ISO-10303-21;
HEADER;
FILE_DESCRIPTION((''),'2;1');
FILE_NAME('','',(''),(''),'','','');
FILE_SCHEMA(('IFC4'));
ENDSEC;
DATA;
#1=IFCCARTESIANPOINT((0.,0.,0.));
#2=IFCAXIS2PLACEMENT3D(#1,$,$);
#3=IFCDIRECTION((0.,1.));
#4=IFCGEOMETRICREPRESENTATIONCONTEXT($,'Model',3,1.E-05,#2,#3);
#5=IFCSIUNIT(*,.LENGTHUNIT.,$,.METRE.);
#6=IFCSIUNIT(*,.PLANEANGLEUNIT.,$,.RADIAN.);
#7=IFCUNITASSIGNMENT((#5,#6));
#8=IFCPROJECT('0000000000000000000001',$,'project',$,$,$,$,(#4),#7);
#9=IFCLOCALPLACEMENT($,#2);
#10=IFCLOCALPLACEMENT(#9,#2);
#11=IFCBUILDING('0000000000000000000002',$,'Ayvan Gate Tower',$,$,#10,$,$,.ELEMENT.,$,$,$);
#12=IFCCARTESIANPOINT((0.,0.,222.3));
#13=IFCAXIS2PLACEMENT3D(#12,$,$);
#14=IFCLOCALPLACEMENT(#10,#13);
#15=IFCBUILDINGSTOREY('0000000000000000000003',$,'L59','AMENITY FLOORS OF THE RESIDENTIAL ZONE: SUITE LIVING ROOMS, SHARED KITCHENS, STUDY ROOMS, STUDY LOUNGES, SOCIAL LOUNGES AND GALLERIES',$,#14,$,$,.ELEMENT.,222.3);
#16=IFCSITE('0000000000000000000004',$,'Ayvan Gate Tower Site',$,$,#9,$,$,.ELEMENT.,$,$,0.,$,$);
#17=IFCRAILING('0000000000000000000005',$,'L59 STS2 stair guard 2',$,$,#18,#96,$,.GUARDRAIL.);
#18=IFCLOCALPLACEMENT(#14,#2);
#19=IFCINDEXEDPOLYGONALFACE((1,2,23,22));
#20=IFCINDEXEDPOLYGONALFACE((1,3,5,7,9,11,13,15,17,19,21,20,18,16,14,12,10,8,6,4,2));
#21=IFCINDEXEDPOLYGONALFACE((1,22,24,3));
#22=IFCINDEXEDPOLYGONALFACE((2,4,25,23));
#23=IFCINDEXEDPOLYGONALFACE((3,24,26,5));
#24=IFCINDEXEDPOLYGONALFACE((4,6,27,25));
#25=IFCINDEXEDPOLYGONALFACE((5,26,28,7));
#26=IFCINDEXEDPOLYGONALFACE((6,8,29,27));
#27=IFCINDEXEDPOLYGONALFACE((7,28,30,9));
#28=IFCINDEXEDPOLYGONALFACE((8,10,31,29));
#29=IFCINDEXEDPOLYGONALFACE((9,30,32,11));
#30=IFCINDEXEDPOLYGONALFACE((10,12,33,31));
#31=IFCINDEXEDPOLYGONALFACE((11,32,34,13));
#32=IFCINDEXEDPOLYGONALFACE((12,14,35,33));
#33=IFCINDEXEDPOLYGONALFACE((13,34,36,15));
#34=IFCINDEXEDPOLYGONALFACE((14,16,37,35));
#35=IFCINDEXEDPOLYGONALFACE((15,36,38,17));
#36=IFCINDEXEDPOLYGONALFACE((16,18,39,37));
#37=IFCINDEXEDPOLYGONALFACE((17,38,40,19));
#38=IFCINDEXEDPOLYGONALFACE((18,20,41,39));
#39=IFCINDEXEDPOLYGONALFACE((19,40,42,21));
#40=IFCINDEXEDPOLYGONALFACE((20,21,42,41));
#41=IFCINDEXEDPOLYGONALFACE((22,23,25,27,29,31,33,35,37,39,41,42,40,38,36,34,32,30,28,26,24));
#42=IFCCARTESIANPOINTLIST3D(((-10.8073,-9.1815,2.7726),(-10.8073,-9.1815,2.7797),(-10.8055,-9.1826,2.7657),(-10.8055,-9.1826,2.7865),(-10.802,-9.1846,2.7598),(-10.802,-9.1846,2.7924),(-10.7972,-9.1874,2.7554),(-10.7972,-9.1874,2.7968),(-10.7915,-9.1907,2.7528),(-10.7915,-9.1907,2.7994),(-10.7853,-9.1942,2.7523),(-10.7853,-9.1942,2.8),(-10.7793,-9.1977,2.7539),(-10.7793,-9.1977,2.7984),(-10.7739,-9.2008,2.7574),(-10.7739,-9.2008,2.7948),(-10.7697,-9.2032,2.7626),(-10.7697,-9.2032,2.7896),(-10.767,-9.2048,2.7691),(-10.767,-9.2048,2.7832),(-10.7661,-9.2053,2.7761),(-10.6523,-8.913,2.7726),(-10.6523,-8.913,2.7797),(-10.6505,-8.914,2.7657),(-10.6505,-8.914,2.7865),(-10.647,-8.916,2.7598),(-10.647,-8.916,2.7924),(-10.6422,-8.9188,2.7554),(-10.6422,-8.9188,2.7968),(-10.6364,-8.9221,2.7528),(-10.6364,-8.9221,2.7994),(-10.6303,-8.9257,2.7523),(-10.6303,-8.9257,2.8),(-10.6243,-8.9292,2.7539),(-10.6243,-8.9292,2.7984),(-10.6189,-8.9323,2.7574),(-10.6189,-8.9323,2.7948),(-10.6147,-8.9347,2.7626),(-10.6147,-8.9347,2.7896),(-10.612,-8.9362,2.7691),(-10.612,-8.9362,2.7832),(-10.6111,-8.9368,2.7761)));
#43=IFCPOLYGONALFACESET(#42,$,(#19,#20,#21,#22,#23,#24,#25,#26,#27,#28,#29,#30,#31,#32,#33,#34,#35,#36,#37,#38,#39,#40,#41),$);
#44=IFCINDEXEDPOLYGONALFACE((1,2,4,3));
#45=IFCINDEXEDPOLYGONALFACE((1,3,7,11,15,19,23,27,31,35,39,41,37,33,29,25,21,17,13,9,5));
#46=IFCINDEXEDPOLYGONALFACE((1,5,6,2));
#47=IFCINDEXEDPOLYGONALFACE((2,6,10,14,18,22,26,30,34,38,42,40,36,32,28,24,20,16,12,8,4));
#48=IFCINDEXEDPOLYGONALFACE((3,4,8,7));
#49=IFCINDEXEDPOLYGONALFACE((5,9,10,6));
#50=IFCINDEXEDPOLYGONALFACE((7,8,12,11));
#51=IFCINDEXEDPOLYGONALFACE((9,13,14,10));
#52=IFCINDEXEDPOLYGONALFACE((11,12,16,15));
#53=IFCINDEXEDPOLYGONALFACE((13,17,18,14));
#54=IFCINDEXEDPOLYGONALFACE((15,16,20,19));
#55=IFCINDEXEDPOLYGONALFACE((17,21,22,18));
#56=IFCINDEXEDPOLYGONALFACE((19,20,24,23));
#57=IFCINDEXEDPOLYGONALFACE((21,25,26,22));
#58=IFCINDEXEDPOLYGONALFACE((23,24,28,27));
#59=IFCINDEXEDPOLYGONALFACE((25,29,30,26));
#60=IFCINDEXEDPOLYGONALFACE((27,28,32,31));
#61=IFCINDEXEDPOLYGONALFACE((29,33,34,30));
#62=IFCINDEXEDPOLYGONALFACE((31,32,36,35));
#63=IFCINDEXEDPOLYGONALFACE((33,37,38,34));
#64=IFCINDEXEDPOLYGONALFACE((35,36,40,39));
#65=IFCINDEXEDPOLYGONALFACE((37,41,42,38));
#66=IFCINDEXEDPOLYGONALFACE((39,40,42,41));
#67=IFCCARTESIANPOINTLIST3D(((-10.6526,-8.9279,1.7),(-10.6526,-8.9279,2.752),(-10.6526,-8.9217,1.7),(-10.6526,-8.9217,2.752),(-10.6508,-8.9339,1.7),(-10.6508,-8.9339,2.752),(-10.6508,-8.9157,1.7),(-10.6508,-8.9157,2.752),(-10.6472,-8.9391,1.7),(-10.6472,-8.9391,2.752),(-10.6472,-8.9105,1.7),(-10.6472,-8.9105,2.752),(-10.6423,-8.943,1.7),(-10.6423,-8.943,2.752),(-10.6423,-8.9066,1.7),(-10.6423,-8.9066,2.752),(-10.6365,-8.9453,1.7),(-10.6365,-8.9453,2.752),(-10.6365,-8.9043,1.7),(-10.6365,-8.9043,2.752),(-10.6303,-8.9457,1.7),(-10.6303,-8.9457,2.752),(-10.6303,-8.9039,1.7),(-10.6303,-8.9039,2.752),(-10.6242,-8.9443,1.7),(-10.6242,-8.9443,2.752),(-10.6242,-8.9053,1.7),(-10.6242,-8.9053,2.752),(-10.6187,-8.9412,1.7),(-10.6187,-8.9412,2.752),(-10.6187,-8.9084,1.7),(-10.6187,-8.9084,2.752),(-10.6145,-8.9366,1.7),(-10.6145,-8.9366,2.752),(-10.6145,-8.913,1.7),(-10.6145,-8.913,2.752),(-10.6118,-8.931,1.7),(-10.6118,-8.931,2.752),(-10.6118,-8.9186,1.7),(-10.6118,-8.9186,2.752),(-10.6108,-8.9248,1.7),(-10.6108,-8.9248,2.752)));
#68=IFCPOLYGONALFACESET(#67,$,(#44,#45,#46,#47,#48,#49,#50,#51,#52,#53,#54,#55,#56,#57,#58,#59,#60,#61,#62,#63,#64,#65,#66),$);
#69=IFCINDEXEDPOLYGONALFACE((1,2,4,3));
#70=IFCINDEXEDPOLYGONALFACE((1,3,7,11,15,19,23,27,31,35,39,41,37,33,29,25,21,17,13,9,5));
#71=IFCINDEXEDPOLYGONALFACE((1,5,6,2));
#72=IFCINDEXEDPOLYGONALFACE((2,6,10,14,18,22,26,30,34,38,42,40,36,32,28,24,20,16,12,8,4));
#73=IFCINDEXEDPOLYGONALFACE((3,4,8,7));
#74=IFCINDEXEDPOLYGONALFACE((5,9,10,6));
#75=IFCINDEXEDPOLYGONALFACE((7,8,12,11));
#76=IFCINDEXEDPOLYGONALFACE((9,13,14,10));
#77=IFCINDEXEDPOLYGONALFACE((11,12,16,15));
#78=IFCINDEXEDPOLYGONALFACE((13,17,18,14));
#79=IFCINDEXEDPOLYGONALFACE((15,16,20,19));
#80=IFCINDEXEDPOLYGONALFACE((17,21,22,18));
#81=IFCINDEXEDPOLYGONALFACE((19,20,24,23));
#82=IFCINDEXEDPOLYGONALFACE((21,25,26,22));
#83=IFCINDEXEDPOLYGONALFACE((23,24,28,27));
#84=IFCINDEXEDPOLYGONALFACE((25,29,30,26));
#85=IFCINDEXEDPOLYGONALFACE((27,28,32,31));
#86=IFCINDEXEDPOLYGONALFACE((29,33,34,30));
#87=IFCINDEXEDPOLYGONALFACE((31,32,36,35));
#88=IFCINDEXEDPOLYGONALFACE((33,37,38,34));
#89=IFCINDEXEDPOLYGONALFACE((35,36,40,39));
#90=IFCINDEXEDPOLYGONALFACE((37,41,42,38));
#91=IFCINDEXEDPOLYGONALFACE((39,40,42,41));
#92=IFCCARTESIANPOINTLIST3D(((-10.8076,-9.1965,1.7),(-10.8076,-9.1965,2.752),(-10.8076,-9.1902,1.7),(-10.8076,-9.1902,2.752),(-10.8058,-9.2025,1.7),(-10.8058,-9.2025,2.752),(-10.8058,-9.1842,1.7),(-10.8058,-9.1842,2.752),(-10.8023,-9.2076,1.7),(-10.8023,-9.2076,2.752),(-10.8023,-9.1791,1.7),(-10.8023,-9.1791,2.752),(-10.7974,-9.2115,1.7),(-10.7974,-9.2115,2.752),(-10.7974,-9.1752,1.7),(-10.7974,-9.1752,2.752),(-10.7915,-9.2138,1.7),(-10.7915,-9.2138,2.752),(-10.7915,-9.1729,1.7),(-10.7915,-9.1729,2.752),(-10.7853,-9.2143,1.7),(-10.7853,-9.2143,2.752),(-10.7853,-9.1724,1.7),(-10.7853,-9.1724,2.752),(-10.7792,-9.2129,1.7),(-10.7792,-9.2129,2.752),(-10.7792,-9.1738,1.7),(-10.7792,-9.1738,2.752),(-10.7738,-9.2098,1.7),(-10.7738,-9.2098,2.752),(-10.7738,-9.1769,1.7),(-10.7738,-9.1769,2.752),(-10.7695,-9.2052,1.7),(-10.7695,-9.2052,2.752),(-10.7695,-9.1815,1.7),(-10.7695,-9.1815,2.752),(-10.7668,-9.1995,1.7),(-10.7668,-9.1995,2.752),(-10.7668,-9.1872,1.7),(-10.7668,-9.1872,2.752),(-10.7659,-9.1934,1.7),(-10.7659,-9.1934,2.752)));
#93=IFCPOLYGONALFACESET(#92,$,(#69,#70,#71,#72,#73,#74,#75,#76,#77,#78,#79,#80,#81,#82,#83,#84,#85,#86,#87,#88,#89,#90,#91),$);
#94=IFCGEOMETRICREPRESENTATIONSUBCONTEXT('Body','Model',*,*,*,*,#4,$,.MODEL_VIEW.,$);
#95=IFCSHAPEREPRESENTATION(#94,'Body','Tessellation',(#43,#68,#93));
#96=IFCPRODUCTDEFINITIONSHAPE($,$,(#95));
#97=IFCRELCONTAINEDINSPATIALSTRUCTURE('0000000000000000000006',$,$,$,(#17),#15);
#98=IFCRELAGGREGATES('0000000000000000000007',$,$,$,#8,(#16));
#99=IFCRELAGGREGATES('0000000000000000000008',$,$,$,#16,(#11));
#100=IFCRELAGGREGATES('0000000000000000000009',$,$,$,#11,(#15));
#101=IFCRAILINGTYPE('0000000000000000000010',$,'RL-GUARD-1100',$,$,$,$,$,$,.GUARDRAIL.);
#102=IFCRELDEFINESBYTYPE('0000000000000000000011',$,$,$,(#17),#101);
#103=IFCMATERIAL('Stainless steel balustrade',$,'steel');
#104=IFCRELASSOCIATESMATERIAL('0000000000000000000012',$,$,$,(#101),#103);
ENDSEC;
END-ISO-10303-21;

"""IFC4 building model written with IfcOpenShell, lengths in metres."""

from ifc_helpers import new_model, si_unit, direction, frame, origin, origin_2d, place, context, subcontext, project, spatial, circle, extrude, material, type_object, element, save


model = new_model("IFC4")

# Units and contexts
model_context = context("Model", 3, precision=1e-05, world=origin(), true_north=direction((0.0, 1.0)))
body_context = subcontext(model_context, "Body", "Model", "MODEL_VIEW")
ifc_project = project(units=[si_unit("LENGTHUNIT", "METRE"), si_unit("PLANEANGLEUNIT", "RADIAN")], contexts=[model_context])

# Site, building, storey
site_placement = place(None, origin())
site = spatial("IfcSite", under=ifc_project, at=site_placement, Name="Ayvan Gate Tower Site", CompositionType="ELEMENT", RefElevation=0.0)
building_placement = place(site_placement, origin())
building = spatial("IfcBuilding", under=site, at=building_placement, Name="Ayvan Gate Tower", CompositionType="ELEMENT")
storey_placement = place(building_placement, frame((0.0, 0.0, 222.3)))
storey = spatial("IfcBuildingStorey", under=building, at=storey_placement, Name="L59", Description="AMENITY FLOORS OF THE RESIDENTIAL ZONE: SUITE LIVING ROOMS, SHARED KITCHENS, STUDY ROOMS, STUDY LOUNGES, SOCIAL LOUNGES AND GALLERIES", CompositionType="ELEMENT", Elevation=222.3)

# Railing
ifc_material_1 = material(Name="Stainless steel balustrade", Category="steel")
railing_type_1 = type_object("IfcRailingType", Name="RL-GUARD-1100", PredefinedType="GUARDRAIL", material=ifc_material_1)
railing_1_placement = place(storey_placement, frame((-10.6318, -8.9248, 1.7)))
element("IfcRailing", 1, at=railing_1_placement, inside=storey, type_object=railing_type_1, Name="L59 STS2 stair guard 2", PredefinedType="GUARDRAIL", context=body_context, shape_type="SweptSolid", body=[
    extrude(circle(Radius=0.0239, at=origin_2d()), frame((0.0, 0.0, 1.0762), z_axis=(-0.49995, -0.866054, 0.0), x_axis=(0.866054, -0.49995, 0.0)), (0.0, 0.0, 1.0), 0.3101),
    extrude(circle(Radius=0.021, at=origin_2d()), origin(), (0.0, 0.0, 1.0), 1.052),
    extrude(circle(Radius=0.021, at=origin_2d()), frame((-0.155, -0.2686, 0.0)), (0.0, 0.0, 1.0), 1.052),
])

save(model, "model.ifc")
